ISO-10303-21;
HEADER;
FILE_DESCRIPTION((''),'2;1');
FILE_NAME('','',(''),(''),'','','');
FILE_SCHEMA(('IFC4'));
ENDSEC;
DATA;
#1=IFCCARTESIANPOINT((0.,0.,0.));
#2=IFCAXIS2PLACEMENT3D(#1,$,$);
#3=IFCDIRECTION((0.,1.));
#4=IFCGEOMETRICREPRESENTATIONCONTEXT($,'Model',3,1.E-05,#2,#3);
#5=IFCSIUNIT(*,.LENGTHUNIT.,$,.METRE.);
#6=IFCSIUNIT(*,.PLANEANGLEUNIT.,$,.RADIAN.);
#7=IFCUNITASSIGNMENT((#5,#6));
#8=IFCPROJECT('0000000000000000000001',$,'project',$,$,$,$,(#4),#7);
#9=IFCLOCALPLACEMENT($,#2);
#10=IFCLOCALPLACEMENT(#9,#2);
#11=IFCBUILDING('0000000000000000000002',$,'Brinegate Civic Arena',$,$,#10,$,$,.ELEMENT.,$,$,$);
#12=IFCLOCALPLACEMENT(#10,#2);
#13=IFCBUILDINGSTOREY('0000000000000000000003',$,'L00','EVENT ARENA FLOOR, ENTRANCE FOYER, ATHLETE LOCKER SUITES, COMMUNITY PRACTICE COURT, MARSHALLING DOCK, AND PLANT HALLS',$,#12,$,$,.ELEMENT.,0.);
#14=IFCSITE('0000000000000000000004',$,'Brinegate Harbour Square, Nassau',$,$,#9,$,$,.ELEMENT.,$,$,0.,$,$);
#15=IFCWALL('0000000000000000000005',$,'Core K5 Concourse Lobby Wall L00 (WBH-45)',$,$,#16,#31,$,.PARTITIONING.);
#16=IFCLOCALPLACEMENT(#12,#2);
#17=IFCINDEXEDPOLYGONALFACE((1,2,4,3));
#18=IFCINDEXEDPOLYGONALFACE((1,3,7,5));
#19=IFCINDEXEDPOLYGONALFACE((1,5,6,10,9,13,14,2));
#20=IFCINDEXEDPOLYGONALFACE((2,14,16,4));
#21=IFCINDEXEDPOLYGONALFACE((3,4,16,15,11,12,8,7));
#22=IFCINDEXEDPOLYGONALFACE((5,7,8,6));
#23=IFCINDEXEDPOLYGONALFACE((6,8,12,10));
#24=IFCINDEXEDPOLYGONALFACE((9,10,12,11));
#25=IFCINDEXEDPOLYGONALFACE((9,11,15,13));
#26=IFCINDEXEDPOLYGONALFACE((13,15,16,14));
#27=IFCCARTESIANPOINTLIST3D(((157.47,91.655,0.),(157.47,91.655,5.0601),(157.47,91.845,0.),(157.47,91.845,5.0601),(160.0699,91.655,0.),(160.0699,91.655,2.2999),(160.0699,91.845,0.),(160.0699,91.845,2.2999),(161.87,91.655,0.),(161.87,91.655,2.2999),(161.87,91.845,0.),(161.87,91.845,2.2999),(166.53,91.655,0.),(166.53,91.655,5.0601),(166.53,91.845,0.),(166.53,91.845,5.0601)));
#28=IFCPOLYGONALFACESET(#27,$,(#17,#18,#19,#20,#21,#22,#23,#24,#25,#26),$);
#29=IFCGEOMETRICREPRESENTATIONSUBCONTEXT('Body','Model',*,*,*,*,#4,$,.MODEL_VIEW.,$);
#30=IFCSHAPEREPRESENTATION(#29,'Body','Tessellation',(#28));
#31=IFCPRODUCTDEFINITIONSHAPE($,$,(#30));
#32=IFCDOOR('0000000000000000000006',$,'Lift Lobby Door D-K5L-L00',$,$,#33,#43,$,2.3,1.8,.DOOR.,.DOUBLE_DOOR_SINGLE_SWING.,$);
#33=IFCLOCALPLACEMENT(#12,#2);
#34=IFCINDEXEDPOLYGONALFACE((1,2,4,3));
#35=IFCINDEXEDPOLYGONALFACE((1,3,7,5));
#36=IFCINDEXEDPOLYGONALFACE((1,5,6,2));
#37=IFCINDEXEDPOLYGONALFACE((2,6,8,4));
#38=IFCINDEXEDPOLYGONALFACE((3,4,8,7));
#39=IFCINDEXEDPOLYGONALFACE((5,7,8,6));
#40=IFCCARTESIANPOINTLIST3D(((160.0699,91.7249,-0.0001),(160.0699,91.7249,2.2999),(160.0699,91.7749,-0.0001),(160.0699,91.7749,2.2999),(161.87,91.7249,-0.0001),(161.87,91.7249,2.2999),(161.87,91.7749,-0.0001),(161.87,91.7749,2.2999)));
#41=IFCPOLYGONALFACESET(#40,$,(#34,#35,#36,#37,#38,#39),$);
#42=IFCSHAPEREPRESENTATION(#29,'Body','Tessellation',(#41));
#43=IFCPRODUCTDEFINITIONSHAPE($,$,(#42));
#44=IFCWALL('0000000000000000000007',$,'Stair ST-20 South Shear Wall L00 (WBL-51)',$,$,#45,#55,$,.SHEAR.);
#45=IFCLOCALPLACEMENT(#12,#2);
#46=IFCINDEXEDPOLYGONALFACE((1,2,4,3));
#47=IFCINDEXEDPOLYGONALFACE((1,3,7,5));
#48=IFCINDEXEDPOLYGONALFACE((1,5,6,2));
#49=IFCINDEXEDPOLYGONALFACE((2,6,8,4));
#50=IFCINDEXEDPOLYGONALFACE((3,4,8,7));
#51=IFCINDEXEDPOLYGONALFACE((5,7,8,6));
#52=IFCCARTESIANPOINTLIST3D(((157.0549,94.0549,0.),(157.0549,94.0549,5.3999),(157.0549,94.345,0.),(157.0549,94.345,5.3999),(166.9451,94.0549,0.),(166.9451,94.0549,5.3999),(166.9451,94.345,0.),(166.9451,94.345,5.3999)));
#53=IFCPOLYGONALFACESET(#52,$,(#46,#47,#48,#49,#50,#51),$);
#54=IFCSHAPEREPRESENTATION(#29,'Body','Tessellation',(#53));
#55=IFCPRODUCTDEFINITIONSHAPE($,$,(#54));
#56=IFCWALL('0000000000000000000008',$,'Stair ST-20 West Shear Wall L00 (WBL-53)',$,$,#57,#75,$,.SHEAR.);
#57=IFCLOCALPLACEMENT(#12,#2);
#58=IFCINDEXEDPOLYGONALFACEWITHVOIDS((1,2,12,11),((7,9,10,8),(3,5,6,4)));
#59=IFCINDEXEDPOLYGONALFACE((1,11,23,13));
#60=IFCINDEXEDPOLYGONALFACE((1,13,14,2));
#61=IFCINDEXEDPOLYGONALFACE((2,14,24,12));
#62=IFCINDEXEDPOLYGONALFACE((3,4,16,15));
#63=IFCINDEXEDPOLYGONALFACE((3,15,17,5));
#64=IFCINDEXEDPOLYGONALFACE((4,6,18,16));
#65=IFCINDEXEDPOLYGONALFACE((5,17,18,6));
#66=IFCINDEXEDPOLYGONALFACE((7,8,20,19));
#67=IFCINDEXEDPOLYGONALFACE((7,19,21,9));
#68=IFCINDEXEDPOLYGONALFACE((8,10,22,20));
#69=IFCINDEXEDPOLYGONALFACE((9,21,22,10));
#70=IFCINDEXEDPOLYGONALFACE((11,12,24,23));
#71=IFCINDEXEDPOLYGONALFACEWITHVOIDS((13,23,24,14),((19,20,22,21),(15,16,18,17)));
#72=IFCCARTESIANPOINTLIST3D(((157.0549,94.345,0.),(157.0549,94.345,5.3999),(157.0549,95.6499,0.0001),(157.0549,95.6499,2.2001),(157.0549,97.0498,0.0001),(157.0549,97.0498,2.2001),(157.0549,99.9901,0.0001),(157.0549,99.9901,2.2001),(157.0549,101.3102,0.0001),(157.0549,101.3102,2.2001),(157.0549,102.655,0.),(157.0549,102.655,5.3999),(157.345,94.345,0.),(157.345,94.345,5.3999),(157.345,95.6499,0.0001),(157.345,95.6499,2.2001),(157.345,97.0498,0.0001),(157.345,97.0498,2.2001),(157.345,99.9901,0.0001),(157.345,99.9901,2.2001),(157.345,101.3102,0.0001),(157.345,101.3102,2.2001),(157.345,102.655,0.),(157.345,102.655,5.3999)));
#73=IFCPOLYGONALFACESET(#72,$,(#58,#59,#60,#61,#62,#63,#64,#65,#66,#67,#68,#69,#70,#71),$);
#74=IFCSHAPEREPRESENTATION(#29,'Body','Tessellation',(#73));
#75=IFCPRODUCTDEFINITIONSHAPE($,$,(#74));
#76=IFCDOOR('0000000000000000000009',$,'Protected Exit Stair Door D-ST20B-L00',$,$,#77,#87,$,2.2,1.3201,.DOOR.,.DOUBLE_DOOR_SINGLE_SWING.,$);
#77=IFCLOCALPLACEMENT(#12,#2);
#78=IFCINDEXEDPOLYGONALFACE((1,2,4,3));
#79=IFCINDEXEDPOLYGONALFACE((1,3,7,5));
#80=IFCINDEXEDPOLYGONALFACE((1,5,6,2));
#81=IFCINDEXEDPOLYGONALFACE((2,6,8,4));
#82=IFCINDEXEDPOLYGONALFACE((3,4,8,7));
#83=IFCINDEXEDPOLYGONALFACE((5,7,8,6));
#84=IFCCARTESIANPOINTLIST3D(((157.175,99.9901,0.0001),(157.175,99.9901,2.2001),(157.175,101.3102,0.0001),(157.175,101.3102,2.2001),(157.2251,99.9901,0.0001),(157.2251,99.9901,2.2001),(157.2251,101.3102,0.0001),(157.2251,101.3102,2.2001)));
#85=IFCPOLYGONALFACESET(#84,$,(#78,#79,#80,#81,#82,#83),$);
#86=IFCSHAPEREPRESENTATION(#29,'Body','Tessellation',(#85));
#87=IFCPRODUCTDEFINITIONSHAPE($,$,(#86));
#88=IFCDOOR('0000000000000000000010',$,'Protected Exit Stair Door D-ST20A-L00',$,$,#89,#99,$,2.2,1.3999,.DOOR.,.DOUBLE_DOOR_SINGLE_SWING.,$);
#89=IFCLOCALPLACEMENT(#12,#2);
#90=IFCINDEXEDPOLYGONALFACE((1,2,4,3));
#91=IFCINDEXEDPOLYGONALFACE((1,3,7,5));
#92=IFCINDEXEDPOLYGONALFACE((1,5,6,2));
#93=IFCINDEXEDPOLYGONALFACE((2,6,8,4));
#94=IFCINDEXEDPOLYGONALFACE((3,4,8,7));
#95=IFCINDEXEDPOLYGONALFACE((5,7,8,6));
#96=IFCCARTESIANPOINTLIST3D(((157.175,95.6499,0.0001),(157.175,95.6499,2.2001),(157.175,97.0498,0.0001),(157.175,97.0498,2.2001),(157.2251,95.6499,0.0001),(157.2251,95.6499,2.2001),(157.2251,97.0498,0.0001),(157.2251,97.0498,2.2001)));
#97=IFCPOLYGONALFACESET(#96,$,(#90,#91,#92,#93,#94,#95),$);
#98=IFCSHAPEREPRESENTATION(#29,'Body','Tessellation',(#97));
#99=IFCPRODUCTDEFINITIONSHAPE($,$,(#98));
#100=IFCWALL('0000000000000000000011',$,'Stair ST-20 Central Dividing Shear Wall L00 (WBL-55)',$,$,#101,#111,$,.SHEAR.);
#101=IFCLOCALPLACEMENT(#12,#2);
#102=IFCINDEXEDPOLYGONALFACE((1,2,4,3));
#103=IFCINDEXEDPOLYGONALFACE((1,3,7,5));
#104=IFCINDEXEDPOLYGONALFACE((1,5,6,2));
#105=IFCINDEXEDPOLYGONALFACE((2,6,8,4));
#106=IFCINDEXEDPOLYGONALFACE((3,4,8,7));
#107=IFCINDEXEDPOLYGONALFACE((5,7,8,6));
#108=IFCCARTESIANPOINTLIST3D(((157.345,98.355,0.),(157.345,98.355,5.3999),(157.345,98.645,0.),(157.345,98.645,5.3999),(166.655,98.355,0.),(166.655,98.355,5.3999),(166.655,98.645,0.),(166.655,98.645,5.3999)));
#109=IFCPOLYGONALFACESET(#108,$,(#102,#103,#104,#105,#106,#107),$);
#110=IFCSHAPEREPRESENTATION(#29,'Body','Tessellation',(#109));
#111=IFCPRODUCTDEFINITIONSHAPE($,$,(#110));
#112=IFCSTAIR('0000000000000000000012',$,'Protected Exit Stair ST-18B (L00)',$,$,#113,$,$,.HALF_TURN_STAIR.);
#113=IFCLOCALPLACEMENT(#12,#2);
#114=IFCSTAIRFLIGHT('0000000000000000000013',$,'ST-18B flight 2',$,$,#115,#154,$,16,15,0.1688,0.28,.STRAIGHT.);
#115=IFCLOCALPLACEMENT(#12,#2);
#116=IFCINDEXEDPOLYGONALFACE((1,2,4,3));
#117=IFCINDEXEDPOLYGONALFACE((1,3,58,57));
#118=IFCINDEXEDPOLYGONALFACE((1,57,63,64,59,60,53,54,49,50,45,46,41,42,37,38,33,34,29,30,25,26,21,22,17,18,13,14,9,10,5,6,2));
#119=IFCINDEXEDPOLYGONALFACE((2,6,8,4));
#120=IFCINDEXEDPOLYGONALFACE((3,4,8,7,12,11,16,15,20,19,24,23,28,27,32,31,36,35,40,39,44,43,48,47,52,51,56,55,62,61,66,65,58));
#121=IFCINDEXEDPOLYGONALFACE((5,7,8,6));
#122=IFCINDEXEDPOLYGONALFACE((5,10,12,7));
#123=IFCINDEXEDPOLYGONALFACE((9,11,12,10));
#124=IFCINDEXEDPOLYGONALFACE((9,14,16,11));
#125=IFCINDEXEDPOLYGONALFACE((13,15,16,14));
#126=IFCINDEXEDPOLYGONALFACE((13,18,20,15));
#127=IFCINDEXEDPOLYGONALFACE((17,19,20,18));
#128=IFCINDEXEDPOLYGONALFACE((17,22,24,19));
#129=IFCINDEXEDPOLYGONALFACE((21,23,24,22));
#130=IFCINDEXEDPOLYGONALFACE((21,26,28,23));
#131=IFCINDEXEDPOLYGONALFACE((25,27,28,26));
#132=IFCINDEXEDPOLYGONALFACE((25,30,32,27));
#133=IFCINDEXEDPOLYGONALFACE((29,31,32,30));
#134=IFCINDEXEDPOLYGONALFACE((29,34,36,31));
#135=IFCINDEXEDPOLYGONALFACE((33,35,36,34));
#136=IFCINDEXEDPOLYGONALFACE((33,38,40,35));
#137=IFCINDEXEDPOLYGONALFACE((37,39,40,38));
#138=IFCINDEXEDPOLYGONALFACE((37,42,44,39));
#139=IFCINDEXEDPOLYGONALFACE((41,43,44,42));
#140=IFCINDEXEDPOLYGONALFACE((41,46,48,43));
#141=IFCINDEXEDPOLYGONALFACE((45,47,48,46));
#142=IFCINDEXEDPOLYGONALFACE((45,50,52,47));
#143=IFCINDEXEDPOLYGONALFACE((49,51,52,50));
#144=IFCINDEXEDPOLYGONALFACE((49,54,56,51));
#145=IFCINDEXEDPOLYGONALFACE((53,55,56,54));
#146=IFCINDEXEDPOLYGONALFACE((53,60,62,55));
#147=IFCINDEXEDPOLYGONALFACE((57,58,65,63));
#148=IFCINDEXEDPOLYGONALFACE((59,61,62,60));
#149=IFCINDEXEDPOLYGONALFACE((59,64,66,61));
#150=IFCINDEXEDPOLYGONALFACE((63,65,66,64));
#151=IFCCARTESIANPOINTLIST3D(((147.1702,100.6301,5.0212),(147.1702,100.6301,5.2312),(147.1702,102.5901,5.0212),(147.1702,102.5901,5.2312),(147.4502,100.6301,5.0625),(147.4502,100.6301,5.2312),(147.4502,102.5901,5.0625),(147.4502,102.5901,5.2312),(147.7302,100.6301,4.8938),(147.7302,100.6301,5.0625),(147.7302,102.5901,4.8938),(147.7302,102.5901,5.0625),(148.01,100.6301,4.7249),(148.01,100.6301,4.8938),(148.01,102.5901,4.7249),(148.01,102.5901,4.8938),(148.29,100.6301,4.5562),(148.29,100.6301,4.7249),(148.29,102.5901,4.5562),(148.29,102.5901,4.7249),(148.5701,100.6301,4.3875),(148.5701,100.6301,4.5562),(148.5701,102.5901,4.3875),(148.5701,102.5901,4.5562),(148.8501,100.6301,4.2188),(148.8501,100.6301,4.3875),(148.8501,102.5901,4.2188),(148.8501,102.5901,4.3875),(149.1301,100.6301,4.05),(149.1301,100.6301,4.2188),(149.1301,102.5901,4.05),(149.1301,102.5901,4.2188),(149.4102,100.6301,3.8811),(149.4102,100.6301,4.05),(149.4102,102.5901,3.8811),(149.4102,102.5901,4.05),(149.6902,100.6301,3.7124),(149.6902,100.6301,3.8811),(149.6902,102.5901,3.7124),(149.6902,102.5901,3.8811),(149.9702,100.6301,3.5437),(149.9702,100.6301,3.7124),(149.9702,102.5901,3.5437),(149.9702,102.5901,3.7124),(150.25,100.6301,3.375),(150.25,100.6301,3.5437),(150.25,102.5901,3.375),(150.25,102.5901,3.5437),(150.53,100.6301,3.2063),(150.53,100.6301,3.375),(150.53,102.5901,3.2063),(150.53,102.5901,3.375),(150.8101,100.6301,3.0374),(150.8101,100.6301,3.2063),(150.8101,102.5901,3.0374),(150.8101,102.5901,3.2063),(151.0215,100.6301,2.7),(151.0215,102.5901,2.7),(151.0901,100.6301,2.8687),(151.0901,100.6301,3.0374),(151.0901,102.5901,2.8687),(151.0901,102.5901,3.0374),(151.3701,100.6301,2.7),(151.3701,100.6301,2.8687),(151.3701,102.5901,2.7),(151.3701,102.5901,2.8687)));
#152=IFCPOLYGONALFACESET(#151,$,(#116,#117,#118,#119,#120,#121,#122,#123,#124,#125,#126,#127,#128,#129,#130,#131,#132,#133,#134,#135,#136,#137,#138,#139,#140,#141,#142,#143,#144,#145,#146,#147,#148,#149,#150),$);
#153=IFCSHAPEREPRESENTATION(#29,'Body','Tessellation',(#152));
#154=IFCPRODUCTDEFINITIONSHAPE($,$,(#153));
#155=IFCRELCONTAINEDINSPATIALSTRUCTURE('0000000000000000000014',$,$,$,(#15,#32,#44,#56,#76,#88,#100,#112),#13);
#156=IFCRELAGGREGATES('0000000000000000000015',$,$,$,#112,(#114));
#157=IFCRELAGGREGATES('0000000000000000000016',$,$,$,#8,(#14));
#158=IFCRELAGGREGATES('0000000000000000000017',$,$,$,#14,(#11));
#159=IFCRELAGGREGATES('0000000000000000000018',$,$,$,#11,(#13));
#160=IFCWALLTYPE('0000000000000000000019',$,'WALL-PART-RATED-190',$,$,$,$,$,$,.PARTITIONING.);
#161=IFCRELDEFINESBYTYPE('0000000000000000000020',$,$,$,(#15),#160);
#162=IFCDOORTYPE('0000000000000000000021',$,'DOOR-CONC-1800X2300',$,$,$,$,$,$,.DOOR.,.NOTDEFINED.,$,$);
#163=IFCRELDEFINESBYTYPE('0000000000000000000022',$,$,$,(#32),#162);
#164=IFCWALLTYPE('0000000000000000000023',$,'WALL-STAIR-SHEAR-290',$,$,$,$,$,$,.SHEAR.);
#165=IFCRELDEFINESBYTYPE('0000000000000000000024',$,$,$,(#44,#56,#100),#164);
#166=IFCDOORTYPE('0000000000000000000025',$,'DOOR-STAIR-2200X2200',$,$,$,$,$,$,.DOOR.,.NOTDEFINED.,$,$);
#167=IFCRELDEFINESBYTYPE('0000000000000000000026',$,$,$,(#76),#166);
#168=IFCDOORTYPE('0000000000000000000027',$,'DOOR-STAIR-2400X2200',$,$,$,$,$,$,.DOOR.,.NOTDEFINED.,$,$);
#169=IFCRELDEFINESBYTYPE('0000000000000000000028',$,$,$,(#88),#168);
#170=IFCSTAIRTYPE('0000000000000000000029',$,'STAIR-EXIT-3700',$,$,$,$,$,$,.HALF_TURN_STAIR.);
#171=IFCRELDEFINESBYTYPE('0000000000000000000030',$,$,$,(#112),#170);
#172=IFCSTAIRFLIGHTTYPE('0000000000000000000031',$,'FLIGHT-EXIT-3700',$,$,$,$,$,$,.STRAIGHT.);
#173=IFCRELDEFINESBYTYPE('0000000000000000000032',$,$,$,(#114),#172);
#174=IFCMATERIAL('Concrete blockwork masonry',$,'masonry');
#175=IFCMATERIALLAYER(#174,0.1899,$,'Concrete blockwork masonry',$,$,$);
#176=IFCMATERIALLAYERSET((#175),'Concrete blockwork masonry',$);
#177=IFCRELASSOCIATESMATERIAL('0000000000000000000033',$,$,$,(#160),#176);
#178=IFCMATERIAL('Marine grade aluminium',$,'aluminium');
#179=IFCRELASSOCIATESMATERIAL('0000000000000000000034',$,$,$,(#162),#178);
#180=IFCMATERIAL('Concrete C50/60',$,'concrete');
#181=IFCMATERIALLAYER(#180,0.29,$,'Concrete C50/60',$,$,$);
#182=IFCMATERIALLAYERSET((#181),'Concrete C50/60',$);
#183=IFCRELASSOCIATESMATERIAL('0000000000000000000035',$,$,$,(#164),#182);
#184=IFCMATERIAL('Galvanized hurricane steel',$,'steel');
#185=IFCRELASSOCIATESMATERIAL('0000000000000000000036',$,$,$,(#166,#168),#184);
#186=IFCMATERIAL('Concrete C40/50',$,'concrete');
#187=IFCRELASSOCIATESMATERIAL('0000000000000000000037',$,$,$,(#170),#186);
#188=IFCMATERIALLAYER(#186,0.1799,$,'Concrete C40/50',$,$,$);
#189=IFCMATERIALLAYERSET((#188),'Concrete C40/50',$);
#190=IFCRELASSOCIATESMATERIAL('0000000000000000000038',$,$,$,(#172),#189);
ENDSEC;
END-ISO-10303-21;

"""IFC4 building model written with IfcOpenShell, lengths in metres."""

from ifc_helpers import new_model, si_unit, direction, frame, frame_2d, origin, place, context, subcontext, project, spatial, polyline, rectangle, outline, extrude, material, layer, layer_set, type_object, element, fill, aggregate, save


model = new_model("IFC4")

# Units and contexts
model_context = context("Model", 3, precision=1e-05, world=origin(), true_north=direction((0.0, 1.0)))
body_context = subcontext(model_context, "Body", "Model", "MODEL_VIEW")
ifc_project = project(units=[si_unit("LENGTHUNIT", "METRE"), si_unit("PLANEANGLEUNIT", "RADIAN")], contexts=[model_context])

# Site, building, storey
site_placement = place(None, origin())
site = spatial("IfcSite", under=ifc_project, at=site_placement, Name="Brinegate Harbour Square, Nassau", CompositionType="ELEMENT", RefElevation=0.0)
building_placement = place(site_placement, origin())
building = spatial("IfcBuilding", under=site, at=building_placement, Name="Brinegate Civic Arena", CompositionType="ELEMENT")
storey_placement = place(building_placement, origin())
storey = spatial("IfcBuildingStorey", under=building, at=storey_placement, Name="L00", Description="EVENT ARENA FLOOR, ENTRANCE FOYER, ATHLETE LOCKER SUITES, COMMUNITY PRACTICE COURT, MARSHALLING DOCK, AND PLANT HALLS", CompositionType="ELEMENT", Elevation=0.0)

# Shared definitions
ifc_material_1 = material(Name="Concrete C40/50", Category="concrete")

# Shared definitions
ifc_material_2 = material(Name="Concrete C50/60", Category="concrete")

# Wall, opening, door
ifc_material_3 = material(Name="Concrete blockwork masonry", Category="masonry")
ifc_layer_1 = layer(ifc_material_3, 0.1899, Name="Concrete blockwork masonry")
ifc_layer_set_1 = layer_set([ifc_layer_1], Name="Concrete blockwork masonry")
wall_type_1 = type_object("IfcWallType", Name="WALL-PART-RATED-190", PredefinedType="PARTITIONING", material=ifc_layer_set_1)
wall_1_placement = place(storey_placement, frame((157.47, 91.75, 0.0), z_axis=(0.0, 0.0, 1.0), x_axis=(1.0, 0.0, 0.0)))
wall_1 = element("IfcWall", 1, at=wall_1_placement, inside=storey, type_object=wall_type_1, Name="Core K5 Concourse Lobby Wall L00 (WBH-45)", PredefinedType="PARTITIONING", context=body_context, shape_type="SweptSolid", body=[
    extrude(rectangle(XDim=9.0601, YDim=0.1899, at=frame_2d((4.53, 0.0))), origin(), (0.0, 0.0, 1.0), 5.0601),
])
opening_1_placement = place(wall_1_placement, frame((2.6001, 0.0, 0.0)))
opening_1 = element("IfcOpeningElement", 2, at=opening_1_placement, cuts=wall_1, PredefinedType="OPENING", context=body_context, shape_type="SweptSolid", body=[
    extrude(rectangle(XDim=1.8, YDim=2.3, at=frame_2d((0.8999, 1.1499))), frame((0.0, 0.105, 0.0), z_axis=(0.0, -1.0, 0.0), x_axis=(1.0, 0.0, 0.0)), (0.0, 0.0, 1.0), 0.21),
])
ifc_material_4 = material(Name="Marine grade aluminium", Category="aluminium")
door_type_1 = type_object("IfcDoorType", Name="DOOR-CONC-1800X2300", OperationType="NOTDEFINED", PredefinedType="DOOR", material=ifc_material_4)
door_1_placement = place(opening_1_placement, origin())
door_1 = element("IfcDoor", 3, at=door_1_placement, inside=storey, type_object=door_type_1, Name="Lift Lobby Door D-K5L-L00", OperationType="DOUBLE_DOOR_SINGLE_SWING", OverallHeight=2.3, OverallWidth=1.8, PredefinedType="DOOR", context=body_context, shape_type="SweptSolid", body=[
    extrude(rectangle(XDim=1.8, YDim=2.3, at=frame_2d((0.8999, 1.1499))), frame((0.0, 0.0249, 0.0), z_axis=(0.0, -1.0, 0.0), x_axis=(1.0, 0.0, 0.0)), (0.0, 0.0, 1.0), 0.05),
])
fill(opening_1, door_1)

# Wall
ifc_layer_2 = layer(ifc_material_2, 0.29, Name="Concrete C50/60")
ifc_layer_set_2 = layer_set([ifc_layer_2], Name="Concrete C50/60")
wall_type_2 = type_object("IfcWallType", Name="WALL-STAIR-SHEAR-290", PredefinedType="SHEAR", material=ifc_layer_set_2)
wall_2_placement = place(storey_placement, frame((157.0549, 94.2, 0.0), z_axis=(0.0, 0.0, 1.0), x_axis=(1.0, 0.0, 0.0)))
element("IfcWall", 4, at=wall_2_placement, inside=storey, type_object=wall_type_2, Name="Stair ST-20 South Shear Wall L00 (WBL-51)", PredefinedType="SHEAR", context=body_context, shape_type="SweptSolid", body=[
    extrude(rectangle(XDim=9.8901, YDim=0.29, at=frame_2d((4.9451, 0.0))), origin(), (0.0, 0.0, 1.0), 5.3999),
])

# Wall, openings, doors
wall_3_placement = place(storey_placement, frame((157.2, 94.345, 0.0), z_axis=(0.0, 0.0, 1.0), x_axis=(0.0, 1.0, 0.0)))
wall_3 = element("IfcWall", 5, at=wall_3_placement, inside=storey, type_object=wall_type_2, Name="Stair ST-20 West Shear Wall L00 (WBL-53)", PredefinedType="SHEAR", context=body_context, shape_type="SweptSolid", body=[
    extrude(rectangle(XDim=8.3101, YDim=0.29, at=frame_2d((4.155, 0.0))), origin(), (0.0, 0.0, 1.0), 5.3999),
])
opening_2_placement = place(wall_3_placement, frame((1.3049, 0.0, 0.0)))
opening_2 = element("IfcOpeningElement", 6, at=opening_2_placement, cuts=wall_3, PredefinedType="OPENING", context=body_context, shape_type="SweptSolid", body=[
    extrude(rectangle(XDim=1.3999, YDim=2.2, at=frame_2d((0.7, 1.1001))), frame((0.0, 0.155, 0.0), z_axis=(0.0, -1.0, 0.0), x_axis=(1.0, 0.0, 0.0)), (0.0, 0.0, 1.0), 0.3101),
])
opening_3_placement = place(wall_3_placement, frame((5.645, 0.0, 0.0)))
opening_3 = element("IfcOpeningElement", 7, at=opening_3_placement, cuts=wall_3, PredefinedType="OPENING", context=body_context, shape_type="SweptSolid", body=[
    extrude(rectangle(XDim=1.3201, YDim=2.2, at=frame_2d((0.6602, 1.1001))), frame((0.0, 0.155, 0.0), z_axis=(0.0, -1.0, 0.0), x_axis=(1.0, 0.0, 0.0)), (0.0, 0.0, 1.0), 0.3101),
])
ifc_material_5 = material(Name="Galvanized hurricane steel", Category="steel")
door_type_2 = type_object("IfcDoorType", Name="DOOR-STAIR-2200X2200", OperationType="NOTDEFINED", PredefinedType="DOOR", material=ifc_material_5)
door_2_placement = place(opening_3_placement, origin())
door_2 = element("IfcDoor", 8, at=door_2_placement, inside=storey, type_object=door_type_2, Name="Protected Exit Stair Door D-ST20B-L00", OperationType="DOUBLE_DOOR_SINGLE_SWING", OverallHeight=2.2, OverallWidth=1.3201, PredefinedType="DOOR", context=body_context, shape_type="SweptSolid", body=[
    extrude(rectangle(XDim=1.3201, YDim=2.2, at=frame_2d((0.6602, 1.1001))), frame((0.0, 0.0249, 0.0), z_axis=(0.0, -1.0, 0.0), x_axis=(1.0, 0.0, 0.0)), (0.0, 0.0, 1.0), 0.05),
])
fill(opening_3, door_2)
door_type_3 = type_object("IfcDoorType", Name="DOOR-STAIR-2400X2200", OperationType="NOTDEFINED", PredefinedType="DOOR", material=ifc_material_5)
door_3_placement = place(opening_2_placement, origin())
door_3 = element("IfcDoor", 9, at=door_3_placement, inside=storey, type_object=door_type_3, Name="Protected Exit Stair Door D-ST20A-L00", OperationType="DOUBLE_DOOR_SINGLE_SWING", OverallHeight=2.2, OverallWidth=1.3999, PredefinedType="DOOR", context=body_context, shape_type="SweptSolid", body=[
    extrude(rectangle(XDim=1.3999, YDim=2.2, at=frame_2d((0.7, 1.1001))), frame((0.0, 0.0249, 0.0), z_axis=(0.0, -1.0, 0.0), x_axis=(1.0, 0.0, 0.0)), (0.0, 0.0, 1.0), 0.05),
])
fill(opening_2, door_3)

# Wall
wall_4_placement = place(storey_placement, frame((157.345, 98.5, 0.0), z_axis=(0.0, 0.0, 1.0), x_axis=(1.0, 0.0, 0.0)))
element("IfcWall", 10, at=wall_4_placement, inside=storey, type_object=wall_type_2, Name="Stair ST-20 Central Dividing Shear Wall L00 (WBL-55)", PredefinedType="SHEAR", context=body_context, shape_type="SweptSolid", body=[
    extrude(rectangle(XDim=9.3101, YDim=0.29, at=frame_2d((4.655, 0.0))), origin(), (0.0, 0.0, 1.0), 5.3999),
])

# Stair, stair flight
stair_type_1 = type_object("IfcStairType", Name="STAIR-EXIT-3700", PredefinedType="HALF_TURN_STAIR", material=ifc_material_1)
stair_1_placement = place(storey_placement, origin())
stair_1 = element("IfcStair", 11, at=stair_1_placement, inside=storey, type_object=stair_type_1, Name="Protected Exit Stair ST-18B (L00)", PredefinedType="HALF_TURN_STAIR")
ifc_layer_3 = layer(ifc_material_1, 0.1799, Name="Concrete C40/50")
ifc_layer_set_3 = layer_set([ifc_layer_3], Name="Concrete C40/50")
stair_flight_type_1 = type_object("IfcStairFlightType", Name="FLIGHT-EXIT-3700", PredefinedType="STRAIGHT", material=ifc_layer_set_3)
stair_flight_1_placement = place(storey_placement, frame((151.3701, 101.6101, 2.7), z_axis=(0.0, 0.0, 1.0), x_axis=(-1.0, 0.0, 0.0)))
stair_flight_1 = element("IfcStairFlight", 12, at=stair_flight_1_placement, type_object=stair_flight_type_1, Name="ST-18B flight 2", NumberOfRisers=16, NumberOfTreads=15, PredefinedType="STRAIGHT", RiserHeight=0.1688, TreadLength=0.28, context=body_context, shape_type="SweptSolid", body=[
    extrude(outline(polyline([(0.0, 0.0), (0.0, 0.1687), (0.28, 0.1687), (0.28, 0.3374), (0.5601, 0.3374), (0.5601, 0.5063), (0.8401, 0.5063), (0.8401, 0.675), (1.1201, 0.675), (1.1201, 0.8438), (1.3999, 0.8438), (1.3999, 1.0125), (1.6799, 1.0125), (1.6799, 1.1812), (1.96, 1.1812), (1.96, 1.3501), (2.24, 1.3501), (2.24, 1.5188), (2.52, 1.5188), (2.52, 1.6875), (2.8, 1.6875), (2.8, 1.8562), (3.0801, 1.8562), (3.0801, 2.0249), (3.3601, 2.0249), (3.3601, 2.1938), (3.6399, 2.1938), (3.6399, 2.3625), (3.9199, 2.3625), (3.9199, 2.5312), (4.2, 2.5312), (4.2, 2.7), (4.2, 2.3213), (0.3486, 0.0), (0.0, 0.0)])), frame((0.0, 0.98, 0.0), z_axis=(0.0, -1.0, 0.0), x_axis=(1.0, 0.0, 0.0)), (0.0, 0.0, 1.0), 1.96),
])
aggregate(stair_1, [stair_flight_1])

save(model, "model.ifc")
